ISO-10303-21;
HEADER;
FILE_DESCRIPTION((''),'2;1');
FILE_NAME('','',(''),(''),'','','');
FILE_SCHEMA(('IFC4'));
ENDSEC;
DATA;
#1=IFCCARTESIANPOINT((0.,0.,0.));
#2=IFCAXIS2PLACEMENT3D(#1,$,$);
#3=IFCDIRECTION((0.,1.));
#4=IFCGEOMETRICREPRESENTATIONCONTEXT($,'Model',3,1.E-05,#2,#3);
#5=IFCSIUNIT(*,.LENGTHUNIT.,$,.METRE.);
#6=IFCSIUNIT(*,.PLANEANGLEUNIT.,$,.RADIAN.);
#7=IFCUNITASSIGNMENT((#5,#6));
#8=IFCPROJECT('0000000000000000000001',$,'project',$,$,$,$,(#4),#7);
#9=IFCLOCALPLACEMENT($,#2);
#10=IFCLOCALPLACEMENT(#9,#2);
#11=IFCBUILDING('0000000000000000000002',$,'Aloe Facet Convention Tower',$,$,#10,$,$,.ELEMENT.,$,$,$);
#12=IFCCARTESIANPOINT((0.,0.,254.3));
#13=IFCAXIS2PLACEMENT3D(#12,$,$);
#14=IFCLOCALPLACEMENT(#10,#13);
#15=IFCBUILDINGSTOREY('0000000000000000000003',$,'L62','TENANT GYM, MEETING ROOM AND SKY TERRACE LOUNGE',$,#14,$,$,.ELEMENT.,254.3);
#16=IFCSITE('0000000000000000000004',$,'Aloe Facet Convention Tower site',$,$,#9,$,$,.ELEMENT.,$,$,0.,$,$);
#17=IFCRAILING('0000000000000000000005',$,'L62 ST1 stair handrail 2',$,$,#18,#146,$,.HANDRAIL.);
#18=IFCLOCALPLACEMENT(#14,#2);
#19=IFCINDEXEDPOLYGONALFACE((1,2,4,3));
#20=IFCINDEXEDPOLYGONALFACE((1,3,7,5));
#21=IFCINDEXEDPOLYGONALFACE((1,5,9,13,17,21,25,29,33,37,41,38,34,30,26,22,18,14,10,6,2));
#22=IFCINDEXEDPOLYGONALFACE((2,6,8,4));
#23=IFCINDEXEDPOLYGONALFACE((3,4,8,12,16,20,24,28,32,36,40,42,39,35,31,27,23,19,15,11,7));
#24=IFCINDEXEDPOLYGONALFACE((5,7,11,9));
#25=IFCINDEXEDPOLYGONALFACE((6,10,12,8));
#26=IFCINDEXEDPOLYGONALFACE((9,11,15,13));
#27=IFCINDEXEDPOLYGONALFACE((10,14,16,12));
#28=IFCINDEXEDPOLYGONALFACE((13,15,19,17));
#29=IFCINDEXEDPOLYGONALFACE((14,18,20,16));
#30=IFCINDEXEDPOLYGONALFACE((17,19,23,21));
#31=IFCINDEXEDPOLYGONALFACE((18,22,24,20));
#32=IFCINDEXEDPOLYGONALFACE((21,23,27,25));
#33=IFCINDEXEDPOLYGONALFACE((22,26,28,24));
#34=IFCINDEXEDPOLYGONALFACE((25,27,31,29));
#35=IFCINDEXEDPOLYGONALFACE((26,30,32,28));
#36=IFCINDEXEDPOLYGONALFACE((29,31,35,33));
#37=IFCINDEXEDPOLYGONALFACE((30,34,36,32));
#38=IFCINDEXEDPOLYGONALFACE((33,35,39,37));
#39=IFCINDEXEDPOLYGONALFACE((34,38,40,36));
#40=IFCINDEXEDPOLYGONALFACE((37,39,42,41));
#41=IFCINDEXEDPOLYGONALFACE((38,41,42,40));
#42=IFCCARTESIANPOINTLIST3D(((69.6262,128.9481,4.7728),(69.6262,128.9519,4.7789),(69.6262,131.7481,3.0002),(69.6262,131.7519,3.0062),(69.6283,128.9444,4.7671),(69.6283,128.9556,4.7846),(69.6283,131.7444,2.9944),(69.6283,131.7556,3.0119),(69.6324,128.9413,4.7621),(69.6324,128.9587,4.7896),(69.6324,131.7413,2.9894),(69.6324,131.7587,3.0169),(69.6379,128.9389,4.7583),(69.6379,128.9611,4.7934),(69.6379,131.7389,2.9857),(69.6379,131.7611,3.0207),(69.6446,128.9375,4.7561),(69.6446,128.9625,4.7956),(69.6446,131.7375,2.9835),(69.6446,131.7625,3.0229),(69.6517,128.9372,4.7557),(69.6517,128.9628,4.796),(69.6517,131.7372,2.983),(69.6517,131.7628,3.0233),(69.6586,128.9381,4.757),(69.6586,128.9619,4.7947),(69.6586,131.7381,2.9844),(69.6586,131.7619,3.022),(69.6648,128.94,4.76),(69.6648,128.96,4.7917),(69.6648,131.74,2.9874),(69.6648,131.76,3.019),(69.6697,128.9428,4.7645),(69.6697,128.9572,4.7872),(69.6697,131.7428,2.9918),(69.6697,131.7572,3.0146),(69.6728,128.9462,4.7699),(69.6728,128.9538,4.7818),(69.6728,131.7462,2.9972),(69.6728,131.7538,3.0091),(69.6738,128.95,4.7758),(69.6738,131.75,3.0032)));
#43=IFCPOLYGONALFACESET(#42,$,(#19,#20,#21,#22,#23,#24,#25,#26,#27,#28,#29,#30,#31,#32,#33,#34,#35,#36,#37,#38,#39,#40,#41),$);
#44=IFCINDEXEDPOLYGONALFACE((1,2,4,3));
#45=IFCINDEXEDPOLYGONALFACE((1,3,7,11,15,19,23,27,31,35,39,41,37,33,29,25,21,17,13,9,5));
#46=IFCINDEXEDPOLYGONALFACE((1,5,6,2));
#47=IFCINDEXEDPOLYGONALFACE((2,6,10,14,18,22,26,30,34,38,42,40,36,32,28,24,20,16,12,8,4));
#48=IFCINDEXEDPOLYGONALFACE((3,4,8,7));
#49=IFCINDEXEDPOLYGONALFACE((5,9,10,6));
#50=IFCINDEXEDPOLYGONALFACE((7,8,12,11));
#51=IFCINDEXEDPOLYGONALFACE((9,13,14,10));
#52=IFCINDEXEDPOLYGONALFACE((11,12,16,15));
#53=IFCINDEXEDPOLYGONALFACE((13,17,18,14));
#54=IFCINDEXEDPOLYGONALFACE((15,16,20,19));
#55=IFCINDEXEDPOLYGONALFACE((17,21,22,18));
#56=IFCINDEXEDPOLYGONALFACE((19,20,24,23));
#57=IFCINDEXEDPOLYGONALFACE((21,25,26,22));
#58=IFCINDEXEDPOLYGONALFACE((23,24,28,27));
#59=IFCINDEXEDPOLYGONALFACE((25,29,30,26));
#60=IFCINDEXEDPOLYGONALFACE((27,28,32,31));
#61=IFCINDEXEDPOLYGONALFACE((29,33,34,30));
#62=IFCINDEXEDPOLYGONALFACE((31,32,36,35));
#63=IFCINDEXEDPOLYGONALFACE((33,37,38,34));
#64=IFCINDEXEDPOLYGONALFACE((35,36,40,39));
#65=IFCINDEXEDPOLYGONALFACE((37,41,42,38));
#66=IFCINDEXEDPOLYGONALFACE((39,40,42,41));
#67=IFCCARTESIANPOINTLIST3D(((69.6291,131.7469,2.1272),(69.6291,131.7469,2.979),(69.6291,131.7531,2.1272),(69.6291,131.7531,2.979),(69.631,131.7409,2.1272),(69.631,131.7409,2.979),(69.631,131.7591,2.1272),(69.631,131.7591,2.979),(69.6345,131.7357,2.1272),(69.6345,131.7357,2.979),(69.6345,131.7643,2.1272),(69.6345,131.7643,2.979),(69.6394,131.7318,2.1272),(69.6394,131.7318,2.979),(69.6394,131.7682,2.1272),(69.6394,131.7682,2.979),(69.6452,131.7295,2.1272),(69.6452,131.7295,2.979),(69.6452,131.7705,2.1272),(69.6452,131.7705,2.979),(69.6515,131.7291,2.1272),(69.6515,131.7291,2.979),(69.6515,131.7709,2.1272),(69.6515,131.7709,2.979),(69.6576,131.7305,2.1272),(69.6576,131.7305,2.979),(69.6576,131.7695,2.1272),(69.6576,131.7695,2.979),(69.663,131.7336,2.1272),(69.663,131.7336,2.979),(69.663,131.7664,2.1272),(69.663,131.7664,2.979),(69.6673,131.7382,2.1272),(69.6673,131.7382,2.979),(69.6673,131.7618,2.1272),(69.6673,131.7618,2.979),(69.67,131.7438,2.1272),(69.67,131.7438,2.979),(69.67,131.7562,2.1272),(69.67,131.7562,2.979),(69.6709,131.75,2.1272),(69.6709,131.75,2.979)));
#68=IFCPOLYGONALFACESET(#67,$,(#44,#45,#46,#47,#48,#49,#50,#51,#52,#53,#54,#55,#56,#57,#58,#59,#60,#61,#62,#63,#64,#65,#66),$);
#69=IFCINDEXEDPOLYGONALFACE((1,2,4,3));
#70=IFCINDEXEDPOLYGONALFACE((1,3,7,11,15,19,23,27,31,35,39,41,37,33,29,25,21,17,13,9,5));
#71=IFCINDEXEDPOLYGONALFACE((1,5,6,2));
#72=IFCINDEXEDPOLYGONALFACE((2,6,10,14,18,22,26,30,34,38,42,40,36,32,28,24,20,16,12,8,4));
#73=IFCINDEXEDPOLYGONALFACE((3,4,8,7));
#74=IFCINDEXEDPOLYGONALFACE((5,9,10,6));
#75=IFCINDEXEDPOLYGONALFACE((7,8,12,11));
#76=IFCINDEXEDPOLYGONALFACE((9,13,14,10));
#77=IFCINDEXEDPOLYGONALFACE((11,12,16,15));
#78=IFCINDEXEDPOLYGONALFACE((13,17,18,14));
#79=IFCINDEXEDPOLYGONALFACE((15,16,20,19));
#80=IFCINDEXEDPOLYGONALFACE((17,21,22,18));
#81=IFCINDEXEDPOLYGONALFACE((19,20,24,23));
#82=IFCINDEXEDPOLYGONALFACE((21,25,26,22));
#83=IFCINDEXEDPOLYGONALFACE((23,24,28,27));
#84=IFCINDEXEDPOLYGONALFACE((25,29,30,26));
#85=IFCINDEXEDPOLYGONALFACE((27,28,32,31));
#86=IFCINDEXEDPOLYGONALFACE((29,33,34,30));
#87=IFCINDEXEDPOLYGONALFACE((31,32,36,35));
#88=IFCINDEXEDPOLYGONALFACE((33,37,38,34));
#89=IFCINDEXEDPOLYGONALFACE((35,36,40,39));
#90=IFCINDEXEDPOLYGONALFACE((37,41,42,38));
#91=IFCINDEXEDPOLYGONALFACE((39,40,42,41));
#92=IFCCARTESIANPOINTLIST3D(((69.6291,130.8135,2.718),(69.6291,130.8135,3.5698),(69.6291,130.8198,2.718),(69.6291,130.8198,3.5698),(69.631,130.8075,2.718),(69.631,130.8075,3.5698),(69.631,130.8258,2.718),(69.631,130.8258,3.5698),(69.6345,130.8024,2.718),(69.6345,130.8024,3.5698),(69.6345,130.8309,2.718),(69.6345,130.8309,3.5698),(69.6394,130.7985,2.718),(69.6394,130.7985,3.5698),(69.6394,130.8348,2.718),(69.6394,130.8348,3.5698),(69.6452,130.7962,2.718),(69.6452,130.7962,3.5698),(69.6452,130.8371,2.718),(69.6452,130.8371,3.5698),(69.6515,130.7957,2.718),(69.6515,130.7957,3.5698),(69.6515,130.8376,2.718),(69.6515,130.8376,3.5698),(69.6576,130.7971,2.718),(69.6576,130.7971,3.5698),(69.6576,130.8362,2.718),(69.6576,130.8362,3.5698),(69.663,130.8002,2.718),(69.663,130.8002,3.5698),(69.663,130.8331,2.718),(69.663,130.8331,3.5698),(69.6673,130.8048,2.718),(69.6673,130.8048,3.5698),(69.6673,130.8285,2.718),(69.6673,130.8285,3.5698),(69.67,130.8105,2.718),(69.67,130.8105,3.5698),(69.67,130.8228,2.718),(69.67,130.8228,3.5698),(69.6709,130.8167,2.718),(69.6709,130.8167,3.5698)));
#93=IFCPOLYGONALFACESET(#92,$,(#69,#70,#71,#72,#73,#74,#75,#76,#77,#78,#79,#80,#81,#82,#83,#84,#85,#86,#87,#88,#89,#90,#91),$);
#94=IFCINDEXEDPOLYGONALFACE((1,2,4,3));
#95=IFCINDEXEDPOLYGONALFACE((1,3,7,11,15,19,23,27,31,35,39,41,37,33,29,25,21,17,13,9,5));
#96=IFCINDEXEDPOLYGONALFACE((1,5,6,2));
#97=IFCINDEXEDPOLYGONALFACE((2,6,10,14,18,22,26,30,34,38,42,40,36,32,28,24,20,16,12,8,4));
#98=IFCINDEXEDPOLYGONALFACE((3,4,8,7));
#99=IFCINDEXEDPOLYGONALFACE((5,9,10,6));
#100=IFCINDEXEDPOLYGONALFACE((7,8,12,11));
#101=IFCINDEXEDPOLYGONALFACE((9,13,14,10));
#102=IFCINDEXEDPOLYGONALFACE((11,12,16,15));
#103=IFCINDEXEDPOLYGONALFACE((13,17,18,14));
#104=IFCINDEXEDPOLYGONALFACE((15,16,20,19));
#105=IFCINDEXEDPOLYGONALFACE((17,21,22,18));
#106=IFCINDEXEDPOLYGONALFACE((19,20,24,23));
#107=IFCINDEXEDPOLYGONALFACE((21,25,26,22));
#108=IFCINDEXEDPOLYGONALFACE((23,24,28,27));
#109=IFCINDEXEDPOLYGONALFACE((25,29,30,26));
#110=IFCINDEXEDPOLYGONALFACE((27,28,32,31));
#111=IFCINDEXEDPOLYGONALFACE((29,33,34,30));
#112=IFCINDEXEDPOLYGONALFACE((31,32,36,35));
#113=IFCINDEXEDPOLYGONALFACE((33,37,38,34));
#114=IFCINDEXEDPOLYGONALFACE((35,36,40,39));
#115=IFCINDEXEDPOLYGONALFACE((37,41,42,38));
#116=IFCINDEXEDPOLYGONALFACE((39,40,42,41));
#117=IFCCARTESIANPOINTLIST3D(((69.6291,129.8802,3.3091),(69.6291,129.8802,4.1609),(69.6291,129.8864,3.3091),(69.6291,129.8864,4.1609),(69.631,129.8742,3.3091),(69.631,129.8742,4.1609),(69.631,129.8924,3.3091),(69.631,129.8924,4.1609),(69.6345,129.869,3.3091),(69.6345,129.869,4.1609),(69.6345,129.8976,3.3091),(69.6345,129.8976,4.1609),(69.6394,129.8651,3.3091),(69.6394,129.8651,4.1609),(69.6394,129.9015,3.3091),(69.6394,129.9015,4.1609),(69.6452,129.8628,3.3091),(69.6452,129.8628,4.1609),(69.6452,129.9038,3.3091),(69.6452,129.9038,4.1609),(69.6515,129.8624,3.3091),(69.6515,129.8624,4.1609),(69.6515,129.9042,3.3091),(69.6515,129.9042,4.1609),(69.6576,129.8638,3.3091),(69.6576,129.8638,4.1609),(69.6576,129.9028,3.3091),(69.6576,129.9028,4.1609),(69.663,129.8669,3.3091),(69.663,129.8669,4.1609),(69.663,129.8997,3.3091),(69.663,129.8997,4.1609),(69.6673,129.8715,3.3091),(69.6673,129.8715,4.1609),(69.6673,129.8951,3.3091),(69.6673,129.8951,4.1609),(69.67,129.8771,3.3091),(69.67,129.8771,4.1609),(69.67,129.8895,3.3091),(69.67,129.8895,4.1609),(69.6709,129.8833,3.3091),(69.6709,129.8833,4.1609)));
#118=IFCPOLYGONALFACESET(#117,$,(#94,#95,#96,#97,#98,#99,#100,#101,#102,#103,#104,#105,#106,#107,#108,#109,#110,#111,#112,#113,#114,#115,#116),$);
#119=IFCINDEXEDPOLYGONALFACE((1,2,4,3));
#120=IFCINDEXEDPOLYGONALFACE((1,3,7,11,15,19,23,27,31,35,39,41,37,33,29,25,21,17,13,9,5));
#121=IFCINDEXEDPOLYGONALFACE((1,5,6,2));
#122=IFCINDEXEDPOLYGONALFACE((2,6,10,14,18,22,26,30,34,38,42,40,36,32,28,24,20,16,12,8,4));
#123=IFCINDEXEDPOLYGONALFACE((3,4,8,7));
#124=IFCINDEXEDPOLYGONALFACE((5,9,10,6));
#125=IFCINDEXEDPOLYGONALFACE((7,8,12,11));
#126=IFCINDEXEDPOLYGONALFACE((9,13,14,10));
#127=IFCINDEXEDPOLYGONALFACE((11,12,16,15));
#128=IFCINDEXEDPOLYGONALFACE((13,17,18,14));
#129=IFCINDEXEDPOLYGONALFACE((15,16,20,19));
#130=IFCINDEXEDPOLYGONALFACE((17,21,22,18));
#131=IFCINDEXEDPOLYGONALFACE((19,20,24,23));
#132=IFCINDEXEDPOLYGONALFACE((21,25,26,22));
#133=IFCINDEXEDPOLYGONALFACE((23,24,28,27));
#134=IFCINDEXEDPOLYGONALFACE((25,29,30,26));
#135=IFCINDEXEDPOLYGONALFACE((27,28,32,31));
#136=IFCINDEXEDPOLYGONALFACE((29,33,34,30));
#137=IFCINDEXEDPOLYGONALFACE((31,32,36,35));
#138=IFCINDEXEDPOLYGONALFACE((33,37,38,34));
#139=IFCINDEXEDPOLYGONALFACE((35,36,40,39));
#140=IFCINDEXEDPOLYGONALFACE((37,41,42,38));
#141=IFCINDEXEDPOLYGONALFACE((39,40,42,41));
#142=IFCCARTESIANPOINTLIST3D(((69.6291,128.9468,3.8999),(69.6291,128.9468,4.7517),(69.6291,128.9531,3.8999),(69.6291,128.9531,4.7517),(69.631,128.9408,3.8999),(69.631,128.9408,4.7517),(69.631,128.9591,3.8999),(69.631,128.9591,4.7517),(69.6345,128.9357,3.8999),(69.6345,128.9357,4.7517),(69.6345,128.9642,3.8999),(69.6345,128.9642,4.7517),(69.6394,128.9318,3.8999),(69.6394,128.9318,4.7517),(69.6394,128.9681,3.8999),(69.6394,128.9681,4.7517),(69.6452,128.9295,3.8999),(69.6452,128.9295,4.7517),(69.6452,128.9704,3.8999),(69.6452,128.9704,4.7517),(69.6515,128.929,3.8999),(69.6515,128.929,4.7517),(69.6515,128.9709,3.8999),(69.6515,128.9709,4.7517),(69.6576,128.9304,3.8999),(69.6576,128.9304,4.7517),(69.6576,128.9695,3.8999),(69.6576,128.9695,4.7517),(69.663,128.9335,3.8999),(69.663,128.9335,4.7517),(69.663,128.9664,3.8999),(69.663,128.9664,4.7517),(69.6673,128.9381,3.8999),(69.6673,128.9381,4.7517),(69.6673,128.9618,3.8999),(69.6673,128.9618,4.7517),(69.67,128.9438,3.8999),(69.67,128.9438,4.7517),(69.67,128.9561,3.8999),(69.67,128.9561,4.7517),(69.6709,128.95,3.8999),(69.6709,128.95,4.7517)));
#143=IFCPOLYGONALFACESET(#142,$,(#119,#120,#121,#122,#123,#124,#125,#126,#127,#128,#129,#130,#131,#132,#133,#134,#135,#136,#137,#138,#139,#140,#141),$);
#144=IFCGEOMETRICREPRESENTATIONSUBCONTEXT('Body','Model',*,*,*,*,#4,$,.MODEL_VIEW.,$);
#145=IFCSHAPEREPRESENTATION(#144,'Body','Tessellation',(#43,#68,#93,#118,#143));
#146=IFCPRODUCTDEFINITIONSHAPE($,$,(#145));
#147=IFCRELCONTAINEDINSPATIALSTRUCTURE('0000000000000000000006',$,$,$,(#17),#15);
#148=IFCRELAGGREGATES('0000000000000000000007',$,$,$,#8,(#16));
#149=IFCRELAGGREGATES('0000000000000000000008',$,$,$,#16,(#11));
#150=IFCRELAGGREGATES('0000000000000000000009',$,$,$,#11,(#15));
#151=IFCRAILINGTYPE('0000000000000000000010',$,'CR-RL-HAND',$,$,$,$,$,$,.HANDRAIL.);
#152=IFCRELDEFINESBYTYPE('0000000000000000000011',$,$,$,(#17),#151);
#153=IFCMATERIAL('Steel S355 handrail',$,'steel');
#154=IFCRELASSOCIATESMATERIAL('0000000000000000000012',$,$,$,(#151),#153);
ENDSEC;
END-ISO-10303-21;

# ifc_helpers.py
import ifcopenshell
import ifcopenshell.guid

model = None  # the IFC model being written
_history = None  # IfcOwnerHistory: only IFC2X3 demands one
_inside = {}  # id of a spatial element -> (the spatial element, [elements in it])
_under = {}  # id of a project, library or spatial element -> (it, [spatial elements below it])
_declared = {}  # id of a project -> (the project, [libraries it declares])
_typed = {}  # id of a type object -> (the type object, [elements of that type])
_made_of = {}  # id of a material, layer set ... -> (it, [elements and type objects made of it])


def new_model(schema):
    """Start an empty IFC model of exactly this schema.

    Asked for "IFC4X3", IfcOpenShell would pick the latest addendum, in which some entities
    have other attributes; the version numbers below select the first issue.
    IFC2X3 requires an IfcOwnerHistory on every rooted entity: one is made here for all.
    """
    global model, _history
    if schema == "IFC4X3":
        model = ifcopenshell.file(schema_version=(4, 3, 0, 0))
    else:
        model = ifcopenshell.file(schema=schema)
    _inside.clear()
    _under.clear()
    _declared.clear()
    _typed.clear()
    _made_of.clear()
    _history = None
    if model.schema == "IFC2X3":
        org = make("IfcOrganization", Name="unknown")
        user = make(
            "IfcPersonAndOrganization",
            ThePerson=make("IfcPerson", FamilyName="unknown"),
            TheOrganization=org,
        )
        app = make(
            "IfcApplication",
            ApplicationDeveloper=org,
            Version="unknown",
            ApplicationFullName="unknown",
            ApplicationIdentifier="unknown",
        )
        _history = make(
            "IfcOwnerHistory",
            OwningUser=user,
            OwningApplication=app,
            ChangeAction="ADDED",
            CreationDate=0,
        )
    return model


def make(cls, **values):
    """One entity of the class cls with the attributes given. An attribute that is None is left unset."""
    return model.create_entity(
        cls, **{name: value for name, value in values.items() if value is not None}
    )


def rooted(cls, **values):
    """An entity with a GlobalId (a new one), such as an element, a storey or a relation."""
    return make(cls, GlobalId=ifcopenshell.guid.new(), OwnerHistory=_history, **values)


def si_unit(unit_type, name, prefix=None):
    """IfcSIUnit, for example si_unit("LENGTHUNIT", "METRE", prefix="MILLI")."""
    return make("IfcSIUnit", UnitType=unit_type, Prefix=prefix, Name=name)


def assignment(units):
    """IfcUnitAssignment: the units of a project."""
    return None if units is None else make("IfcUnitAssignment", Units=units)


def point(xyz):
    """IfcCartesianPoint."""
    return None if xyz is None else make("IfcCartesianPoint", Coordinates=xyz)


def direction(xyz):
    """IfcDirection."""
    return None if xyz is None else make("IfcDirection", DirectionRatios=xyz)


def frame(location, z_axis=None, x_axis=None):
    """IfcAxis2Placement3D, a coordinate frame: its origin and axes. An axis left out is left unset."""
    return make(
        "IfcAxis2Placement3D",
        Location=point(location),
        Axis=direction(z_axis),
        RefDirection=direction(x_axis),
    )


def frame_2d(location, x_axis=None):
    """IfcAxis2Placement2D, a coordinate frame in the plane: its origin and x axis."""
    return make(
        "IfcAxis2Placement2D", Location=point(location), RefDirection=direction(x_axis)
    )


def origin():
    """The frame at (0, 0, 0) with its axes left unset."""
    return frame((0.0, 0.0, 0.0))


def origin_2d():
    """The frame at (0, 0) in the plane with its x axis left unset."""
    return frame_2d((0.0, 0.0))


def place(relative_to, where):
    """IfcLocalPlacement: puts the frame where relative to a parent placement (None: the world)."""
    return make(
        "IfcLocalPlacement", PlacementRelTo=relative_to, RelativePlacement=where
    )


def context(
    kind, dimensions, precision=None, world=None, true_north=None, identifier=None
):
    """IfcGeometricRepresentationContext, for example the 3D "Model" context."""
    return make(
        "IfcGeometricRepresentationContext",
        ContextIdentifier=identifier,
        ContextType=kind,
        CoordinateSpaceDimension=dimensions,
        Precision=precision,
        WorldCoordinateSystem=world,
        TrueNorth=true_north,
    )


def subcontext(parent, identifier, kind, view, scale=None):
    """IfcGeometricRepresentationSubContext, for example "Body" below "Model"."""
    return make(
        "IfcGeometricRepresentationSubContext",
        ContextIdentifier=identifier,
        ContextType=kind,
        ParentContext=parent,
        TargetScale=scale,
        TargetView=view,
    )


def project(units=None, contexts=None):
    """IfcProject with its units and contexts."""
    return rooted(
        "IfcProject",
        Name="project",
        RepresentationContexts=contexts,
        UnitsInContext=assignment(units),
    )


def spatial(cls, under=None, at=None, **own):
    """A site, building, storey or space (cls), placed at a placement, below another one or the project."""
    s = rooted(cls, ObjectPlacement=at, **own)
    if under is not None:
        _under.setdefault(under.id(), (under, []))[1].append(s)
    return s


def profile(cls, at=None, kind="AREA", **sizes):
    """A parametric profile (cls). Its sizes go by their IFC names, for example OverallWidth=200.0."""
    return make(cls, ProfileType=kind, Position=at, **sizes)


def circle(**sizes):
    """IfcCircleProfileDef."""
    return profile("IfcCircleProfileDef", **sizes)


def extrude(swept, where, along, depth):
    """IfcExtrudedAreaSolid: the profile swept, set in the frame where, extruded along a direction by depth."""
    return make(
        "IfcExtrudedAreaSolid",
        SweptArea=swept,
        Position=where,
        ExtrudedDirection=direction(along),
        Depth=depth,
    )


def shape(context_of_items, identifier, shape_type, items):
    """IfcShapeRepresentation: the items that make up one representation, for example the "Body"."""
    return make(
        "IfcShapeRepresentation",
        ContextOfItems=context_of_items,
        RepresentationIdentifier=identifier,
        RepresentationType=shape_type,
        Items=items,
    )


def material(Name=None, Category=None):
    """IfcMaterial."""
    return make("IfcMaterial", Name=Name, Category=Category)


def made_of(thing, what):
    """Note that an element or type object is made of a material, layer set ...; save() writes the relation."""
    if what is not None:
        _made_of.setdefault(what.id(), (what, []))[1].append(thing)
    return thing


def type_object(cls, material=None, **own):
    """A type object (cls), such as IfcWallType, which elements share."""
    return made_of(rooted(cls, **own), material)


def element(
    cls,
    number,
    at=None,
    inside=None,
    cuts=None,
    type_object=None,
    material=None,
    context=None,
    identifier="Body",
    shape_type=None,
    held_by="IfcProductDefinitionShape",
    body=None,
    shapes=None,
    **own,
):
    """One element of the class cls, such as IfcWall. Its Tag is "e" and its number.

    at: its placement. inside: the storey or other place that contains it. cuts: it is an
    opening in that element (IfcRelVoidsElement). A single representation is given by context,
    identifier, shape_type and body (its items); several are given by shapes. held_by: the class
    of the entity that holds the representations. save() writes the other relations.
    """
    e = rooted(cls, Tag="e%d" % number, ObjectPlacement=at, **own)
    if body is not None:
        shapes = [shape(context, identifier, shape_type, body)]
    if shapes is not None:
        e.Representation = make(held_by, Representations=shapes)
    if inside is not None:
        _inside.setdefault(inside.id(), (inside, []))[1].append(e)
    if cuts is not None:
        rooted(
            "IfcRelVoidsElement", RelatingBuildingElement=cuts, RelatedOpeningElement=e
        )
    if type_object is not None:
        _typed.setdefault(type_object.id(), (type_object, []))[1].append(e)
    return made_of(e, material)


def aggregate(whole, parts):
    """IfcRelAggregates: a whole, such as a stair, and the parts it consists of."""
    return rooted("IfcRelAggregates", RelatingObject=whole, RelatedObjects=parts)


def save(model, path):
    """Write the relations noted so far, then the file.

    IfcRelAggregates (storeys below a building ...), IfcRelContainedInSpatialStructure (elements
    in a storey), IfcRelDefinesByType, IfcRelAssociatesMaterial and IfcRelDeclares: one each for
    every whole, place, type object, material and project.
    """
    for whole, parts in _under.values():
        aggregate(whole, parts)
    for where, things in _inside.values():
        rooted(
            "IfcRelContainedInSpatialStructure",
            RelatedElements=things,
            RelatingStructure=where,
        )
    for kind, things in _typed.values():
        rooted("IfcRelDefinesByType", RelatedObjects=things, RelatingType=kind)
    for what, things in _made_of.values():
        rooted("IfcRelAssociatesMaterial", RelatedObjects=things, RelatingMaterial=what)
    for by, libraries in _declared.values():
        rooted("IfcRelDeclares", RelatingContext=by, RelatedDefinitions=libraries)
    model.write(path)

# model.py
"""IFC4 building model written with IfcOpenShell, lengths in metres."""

from ifc_helpers import new_model, si_unit, direction, frame, origin, origin_2d, place, context, subcontext, project, spatial, circle, extrude, material, type_object, element, save


model = new_model("IFC4")

# Units and contexts
model_context = context("Model", 3, precision=1e-05, world=origin(), true_north=direction((0.0, 1.0)))
body_context = subcontext(model_context, "Body", "Model", "MODEL_VIEW")
ifc_project = project(units=[si_unit("LENGTHUNIT", "METRE"), si_unit("PLANEANGLEUNIT", "RADIAN")], contexts=[model_context])

# Site, building, storey
site_placement = place(None, origin())
site = spatial("IfcSite", under=ifc_project, at=site_placement, Name="Aloe Facet Convention Tower site", CompositionType="ELEMENT", RefElevation=0.0)
building_placement = place(site_placement, origin())
building = spatial("IfcBuilding", under=site, at=building_placement, Name="Aloe Facet Convention Tower", CompositionType="ELEMENT")
storey_placement = place(building_placement, frame((0.0, 0.0, 254.3)))
storey = spatial("IfcBuildingStorey", under=building, at=storey_placement, Name="L62", Description="TENANT GYM, MEETING ROOM AND SKY TERRACE LOUNGE", CompositionType="ELEMENT", Elevation=254.3)

# Railing
ifc_material_1 = material(Name="Steel S355 handrail", Category="steel")
railing_type_1 = type_object("IfcRailingType", Name="CR-RL-HAND", PredefinedType="HANDRAIL", material=ifc_material_1)
railing_1_placement = place(storey_placement, frame((69.6499, 131.75, 2.1272)))
element("IfcRailing", 1, at=railing_1_placement, inside=storey, type_object=railing_type_1, Name="L62 ST1 stair handrail 2", PredefinedType="HANDRAIL", context=body_context, shape_type="SweptSolid", body=[
    extrude(circle(Radius=0.0239, at=origin_2d()), frame((0.0, 0.0, 0.876), z_axis=(0.0, -0.844909, 0.53491), x_axis=(1.0, 0.0, 0.0)), (0.0, 0.0, 1.0), 3.314),
    extrude(circle(Radius=0.021, at=origin_2d()), origin(), (0.0, 0.0, 1.0), 0.8518),
    extrude(circle(Radius=0.021, at=origin_2d()), frame((0.0, -0.9333, 0.5908)), (0.0, 0.0, 1.0), 0.8518),
    extrude(circle(Radius=0.021, at=origin_2d()), frame((0.0, -1.8667, 1.1819)), (0.0, 0.0, 1.0), 0.8518),
    extrude(circle(Radius=0.021, at=origin_2d()), frame((0.0, -2.8, 1.7727)), (0.0, 0.0, 1.0), 0.8518),
])

save(model, "model.ifc")
